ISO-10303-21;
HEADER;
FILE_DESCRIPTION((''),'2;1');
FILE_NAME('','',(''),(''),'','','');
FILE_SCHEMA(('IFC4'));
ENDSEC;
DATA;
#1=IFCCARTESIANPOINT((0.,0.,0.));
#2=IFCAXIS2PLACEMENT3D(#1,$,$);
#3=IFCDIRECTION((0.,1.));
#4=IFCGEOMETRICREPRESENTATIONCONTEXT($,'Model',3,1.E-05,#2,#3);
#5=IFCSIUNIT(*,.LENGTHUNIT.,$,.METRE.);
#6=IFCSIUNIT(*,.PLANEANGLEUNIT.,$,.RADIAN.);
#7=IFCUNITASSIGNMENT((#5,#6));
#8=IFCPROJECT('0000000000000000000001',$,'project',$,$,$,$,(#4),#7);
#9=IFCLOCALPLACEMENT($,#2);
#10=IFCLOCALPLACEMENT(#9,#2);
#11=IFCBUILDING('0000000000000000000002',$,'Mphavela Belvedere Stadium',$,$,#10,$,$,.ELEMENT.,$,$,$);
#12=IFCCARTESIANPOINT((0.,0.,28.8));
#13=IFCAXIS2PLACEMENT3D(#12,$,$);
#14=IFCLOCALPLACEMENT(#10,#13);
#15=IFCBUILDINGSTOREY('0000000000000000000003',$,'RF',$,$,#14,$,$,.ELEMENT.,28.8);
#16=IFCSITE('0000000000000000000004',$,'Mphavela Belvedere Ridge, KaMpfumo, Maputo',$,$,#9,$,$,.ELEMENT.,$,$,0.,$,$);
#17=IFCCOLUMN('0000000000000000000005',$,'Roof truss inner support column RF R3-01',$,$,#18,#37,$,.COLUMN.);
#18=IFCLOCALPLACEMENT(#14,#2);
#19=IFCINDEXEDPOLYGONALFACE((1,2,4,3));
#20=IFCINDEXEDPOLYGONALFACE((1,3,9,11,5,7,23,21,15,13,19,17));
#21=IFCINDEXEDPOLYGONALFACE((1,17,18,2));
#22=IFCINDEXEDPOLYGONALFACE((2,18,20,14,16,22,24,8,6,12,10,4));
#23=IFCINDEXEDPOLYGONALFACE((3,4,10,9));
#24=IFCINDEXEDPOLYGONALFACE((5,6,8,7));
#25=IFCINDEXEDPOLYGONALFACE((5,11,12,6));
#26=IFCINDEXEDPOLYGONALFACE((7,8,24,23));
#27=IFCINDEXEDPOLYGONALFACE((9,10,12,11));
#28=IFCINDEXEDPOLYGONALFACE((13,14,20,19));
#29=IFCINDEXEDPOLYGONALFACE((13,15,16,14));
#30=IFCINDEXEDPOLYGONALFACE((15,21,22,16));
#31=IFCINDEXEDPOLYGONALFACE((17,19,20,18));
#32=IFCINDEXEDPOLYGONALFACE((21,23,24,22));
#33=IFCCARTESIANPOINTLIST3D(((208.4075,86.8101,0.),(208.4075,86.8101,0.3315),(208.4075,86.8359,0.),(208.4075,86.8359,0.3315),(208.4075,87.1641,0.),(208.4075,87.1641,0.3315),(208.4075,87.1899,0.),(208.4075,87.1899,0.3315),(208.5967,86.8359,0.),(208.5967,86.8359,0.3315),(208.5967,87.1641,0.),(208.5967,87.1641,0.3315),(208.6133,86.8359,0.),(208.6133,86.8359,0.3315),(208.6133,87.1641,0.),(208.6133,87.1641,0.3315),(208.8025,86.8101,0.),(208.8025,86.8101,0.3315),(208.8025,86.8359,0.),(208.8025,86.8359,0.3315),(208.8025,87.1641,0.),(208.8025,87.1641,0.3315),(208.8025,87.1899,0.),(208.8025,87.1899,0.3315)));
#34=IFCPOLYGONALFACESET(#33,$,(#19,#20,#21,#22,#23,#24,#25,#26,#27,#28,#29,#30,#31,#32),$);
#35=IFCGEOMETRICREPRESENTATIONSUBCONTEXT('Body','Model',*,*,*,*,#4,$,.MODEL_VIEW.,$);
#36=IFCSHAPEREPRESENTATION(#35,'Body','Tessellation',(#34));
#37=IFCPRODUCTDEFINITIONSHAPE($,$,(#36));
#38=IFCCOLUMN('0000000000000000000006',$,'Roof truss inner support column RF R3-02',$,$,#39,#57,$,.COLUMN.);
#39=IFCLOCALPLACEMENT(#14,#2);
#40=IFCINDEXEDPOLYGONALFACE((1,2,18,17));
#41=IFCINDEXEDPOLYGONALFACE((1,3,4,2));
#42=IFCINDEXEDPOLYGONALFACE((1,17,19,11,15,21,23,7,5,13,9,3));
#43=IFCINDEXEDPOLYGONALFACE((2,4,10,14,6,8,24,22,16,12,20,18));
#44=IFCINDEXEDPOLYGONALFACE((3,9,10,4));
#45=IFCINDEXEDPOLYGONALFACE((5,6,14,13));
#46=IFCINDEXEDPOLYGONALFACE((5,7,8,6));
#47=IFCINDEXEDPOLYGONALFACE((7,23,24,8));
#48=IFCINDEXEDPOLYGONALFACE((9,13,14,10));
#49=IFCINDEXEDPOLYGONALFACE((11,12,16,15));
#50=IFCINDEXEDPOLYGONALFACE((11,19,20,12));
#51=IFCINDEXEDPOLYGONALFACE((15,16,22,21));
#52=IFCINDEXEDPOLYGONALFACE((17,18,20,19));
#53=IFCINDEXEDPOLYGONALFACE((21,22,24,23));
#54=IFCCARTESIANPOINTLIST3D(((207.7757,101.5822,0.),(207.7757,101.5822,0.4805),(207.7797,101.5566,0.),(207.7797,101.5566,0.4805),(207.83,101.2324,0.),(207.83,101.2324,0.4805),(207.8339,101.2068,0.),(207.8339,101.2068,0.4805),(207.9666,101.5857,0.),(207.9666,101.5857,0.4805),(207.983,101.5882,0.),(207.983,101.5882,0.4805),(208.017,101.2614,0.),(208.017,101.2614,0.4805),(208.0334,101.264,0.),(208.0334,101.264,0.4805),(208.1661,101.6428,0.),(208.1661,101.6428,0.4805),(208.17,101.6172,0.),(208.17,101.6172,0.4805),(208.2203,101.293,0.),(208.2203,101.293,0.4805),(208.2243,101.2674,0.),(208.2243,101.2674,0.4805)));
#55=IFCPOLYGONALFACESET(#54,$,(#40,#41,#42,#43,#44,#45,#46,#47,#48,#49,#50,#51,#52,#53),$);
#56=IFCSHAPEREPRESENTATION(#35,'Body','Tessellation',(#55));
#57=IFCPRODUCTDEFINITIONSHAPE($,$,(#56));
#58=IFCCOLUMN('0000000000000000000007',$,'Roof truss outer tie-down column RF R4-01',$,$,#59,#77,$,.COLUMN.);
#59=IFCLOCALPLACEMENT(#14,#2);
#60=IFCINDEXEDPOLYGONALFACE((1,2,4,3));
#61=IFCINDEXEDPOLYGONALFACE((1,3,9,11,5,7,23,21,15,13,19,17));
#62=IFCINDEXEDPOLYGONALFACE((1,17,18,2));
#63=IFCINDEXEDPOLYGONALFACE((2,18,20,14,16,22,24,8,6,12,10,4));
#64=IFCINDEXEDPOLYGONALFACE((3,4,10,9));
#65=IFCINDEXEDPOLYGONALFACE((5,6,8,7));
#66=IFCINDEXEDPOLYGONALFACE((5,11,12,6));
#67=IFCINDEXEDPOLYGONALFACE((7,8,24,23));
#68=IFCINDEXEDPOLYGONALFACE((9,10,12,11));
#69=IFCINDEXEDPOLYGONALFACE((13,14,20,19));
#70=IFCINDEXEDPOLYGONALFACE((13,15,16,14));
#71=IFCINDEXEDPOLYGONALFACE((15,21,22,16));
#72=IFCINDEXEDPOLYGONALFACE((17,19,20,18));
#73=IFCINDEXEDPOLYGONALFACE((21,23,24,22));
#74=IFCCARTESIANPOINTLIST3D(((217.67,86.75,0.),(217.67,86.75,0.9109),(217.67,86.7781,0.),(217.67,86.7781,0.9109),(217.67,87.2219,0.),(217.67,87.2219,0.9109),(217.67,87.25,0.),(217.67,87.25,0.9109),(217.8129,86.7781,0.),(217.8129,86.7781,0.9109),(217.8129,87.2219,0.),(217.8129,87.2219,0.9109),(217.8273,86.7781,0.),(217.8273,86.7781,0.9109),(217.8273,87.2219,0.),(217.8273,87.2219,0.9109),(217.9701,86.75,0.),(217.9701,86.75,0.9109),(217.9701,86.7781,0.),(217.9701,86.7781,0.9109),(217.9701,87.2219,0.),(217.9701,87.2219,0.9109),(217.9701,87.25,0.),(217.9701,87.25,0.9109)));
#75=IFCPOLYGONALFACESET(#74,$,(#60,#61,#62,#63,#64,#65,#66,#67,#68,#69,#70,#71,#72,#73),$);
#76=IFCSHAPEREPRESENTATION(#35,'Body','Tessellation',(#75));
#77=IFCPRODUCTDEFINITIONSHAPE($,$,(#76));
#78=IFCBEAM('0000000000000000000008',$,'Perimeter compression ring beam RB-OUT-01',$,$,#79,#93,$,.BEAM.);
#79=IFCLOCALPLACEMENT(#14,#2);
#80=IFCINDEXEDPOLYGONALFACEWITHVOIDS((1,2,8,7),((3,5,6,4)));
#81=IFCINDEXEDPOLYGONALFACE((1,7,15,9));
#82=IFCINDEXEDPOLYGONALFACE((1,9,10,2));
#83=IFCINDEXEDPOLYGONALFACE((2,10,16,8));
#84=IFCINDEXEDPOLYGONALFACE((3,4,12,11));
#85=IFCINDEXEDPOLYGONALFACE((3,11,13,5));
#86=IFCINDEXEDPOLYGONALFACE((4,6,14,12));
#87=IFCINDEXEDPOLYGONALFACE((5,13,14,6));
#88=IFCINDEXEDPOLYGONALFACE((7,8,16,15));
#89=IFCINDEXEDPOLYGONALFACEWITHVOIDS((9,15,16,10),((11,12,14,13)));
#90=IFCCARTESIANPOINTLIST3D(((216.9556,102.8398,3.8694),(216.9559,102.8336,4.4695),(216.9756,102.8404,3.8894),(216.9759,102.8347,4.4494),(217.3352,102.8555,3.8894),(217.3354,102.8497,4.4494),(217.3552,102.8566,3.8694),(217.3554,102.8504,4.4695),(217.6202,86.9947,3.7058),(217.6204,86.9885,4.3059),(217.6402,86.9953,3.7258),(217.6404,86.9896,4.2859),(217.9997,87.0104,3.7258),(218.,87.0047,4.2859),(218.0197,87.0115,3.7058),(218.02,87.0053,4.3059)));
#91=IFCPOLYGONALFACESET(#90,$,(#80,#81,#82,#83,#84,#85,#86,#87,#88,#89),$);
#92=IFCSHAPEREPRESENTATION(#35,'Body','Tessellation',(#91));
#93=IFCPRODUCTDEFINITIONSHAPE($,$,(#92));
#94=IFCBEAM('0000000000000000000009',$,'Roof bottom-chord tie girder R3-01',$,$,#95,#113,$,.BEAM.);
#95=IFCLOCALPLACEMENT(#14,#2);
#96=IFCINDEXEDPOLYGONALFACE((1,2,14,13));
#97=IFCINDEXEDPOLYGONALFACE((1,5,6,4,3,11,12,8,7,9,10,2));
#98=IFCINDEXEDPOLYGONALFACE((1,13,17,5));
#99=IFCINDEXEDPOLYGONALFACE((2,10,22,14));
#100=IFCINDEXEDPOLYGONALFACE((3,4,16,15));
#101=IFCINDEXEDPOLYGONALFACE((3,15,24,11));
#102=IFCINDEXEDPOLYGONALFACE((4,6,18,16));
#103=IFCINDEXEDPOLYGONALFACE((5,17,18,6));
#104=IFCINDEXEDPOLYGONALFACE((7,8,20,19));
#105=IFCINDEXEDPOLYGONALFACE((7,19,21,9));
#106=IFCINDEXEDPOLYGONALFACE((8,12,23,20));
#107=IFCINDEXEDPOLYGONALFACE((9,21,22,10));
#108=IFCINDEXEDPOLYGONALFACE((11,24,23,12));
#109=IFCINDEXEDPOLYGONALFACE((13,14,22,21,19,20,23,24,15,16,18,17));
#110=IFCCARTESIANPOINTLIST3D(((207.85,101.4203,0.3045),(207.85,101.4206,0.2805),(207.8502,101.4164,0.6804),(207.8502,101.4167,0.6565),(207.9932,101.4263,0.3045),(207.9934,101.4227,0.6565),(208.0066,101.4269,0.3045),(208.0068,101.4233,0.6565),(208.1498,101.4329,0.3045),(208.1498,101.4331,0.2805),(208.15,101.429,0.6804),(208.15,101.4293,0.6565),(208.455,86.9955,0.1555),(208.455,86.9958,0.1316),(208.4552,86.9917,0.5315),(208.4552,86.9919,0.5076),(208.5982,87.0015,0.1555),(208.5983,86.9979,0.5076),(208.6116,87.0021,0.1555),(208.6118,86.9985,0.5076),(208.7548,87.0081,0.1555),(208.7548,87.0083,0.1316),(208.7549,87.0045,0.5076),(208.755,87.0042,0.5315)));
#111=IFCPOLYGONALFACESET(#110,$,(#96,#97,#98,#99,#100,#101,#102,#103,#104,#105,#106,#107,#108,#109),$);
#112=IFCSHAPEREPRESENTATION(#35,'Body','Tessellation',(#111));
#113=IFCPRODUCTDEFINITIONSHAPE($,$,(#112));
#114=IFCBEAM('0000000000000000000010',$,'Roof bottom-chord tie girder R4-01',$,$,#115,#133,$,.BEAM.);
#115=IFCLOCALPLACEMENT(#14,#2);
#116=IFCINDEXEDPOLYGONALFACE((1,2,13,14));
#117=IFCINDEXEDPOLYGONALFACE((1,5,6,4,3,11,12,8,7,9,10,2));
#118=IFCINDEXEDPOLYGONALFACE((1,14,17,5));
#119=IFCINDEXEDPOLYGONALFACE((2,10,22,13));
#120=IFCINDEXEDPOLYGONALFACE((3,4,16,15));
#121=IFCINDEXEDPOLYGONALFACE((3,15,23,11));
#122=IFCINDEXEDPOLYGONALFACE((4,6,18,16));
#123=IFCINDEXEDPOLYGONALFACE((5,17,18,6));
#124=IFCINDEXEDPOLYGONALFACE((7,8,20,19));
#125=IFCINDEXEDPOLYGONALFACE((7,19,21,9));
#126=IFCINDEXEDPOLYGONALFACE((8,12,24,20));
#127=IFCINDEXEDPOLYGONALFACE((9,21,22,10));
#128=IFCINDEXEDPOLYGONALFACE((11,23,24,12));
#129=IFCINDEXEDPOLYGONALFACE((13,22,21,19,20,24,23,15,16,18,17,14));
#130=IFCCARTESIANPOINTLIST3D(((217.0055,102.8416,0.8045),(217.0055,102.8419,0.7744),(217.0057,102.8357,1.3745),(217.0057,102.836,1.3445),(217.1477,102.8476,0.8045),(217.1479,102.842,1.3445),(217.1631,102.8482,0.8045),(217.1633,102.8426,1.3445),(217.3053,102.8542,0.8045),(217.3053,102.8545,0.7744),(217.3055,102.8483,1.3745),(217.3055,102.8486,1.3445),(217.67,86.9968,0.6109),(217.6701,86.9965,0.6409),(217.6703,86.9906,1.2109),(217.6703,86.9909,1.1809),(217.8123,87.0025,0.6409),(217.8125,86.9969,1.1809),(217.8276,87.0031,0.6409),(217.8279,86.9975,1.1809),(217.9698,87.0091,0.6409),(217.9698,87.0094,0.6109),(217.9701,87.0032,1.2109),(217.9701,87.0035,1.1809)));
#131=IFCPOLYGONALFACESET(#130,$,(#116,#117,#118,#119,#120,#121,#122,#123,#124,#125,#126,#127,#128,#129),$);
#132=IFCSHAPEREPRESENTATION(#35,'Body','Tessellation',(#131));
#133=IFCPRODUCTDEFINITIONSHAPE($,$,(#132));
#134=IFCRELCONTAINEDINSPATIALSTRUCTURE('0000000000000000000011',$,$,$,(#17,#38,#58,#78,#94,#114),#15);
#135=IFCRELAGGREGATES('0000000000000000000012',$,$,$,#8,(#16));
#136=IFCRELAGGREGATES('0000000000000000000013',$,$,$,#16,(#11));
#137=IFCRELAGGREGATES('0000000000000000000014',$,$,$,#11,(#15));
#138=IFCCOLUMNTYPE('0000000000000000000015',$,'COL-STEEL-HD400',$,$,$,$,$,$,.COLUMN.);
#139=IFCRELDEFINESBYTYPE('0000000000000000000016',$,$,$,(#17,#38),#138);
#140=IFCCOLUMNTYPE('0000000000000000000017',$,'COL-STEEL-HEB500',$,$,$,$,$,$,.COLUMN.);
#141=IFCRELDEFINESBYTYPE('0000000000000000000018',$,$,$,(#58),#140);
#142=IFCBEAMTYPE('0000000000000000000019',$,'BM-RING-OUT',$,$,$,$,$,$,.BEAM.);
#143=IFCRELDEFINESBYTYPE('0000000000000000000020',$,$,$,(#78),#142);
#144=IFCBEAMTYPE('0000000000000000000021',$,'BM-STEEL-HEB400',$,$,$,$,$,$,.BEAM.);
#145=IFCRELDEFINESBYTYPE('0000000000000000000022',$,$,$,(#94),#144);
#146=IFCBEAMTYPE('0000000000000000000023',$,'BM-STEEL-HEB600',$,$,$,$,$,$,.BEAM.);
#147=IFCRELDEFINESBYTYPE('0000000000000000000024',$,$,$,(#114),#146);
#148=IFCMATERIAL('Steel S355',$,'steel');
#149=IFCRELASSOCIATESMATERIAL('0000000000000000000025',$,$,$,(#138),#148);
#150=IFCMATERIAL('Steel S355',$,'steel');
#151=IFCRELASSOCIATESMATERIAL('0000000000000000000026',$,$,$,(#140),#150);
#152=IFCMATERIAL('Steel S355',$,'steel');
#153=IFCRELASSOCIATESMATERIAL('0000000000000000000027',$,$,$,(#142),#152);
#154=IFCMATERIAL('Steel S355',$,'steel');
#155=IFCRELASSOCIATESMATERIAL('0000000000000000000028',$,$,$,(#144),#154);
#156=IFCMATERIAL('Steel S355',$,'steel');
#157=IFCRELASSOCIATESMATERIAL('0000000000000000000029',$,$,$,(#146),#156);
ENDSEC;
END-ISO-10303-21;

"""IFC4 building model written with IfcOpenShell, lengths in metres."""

from ifc_helpers import new_model, si_unit, direction, frame, origin, origin_2d, place, context, subcontext, project, spatial, hollow_rectangle, i_section, extrude, material, material_profile, profile_set, type_object, element, save


model = new_model("IFC4")

# Units and contexts
model_context = context("Model", 3, precision=1e-05, world=origin(), true_north=direction((0.0, 1.0)))
body_context = subcontext(model_context, "Body", "Model", "MODEL_VIEW")
ifc_project = project(units=[si_unit("LENGTHUNIT", "METRE"), si_unit("PLANEANGLEUNIT", "RADIAN")], contexts=[model_context])

# Site, building, storey
site_placement = place(None, origin())
site = spatial("IfcSite", under=ifc_project, at=site_placement, Name="Mphavela Belvedere Ridge, KaMpfumo, Maputo", CompositionType="ELEMENT", RefElevation=0.0)
building_placement = place(site_placement, origin())
building = spatial("IfcBuilding", under=site, at=building_placement, Name="Mphavela Belvedere Stadium", CompositionType="ELEMENT")
storey_placement = place(building_placement, frame((0.0, 0.0, 28.8)))
storey = spatial("IfcBuildingStorey", under=building, at=storey_placement, Name="RF", CompositionType="ELEMENT", Elevation=28.8)

# Columns
ifc_material_1 = material(Name="Steel S355", Category="steel")
ifc_material_profile_1 = material_profile(ifc_material_1, i_section(OverallWidth=0.395, OverallDepth=0.3799, WebThickness=0.0166, FlangeThickness=0.0259, at=origin_2d()), Name="HD 400x237")
ifc_profile_set_1 = profile_set([ifc_material_profile_1], Name="Steel S355")
column_type_1 = type_object("IfcColumnType", Name="COL-STEEL-HD400", PredefinedType="COLUMN", material=ifc_profile_set_1)
column_1_placement = place(storey_placement, frame((208.605, 87.0, 0.0), z_axis=(0.0, 0.0, 1.0), x_axis=(1.0, 0.0, 0.0)))
element("IfcColumn", 1, at=column_1_placement, inside=storey, type_object=column_type_1, Name="Roof truss inner support column RF R3-01", PredefinedType="COLUMN", context=body_context, shape_type="SweptSolid", body=[
    extrude(i_section(OverallWidth=0.395, OverallDepth=0.3799, WebThickness=0.0166, FlangeThickness=0.0259, at=origin_2d()), origin(), (0.0, 0.0, 1.0), 0.3315),
])
column_2_placement = place(storey_placement, frame((208.0, 101.4248, 0.0), z_axis=(0.0, 0.0, 1.0), x_axis=(0.988175, 0.153331, 0.0)))
element("IfcColumn", 2, at=column_2_placement, inside=storey, type_object=column_type_1, Name="Roof truss inner support column RF R3-02", PredefinedType="COLUMN", context=body_context, shape_type="SweptSolid", body=[
    extrude(i_section(OverallWidth=0.395, OverallDepth=0.3799, WebThickness=0.0166, FlangeThickness=0.0259, at=origin_2d()), origin(), (0.0, 0.0, 1.0), 0.4805),
])
ifc_material_2 = material(Name="Steel S355", Category="steel")
ifc_material_profile_2 = material_profile(ifc_material_2, i_section(OverallWidth=0.3, OverallDepth=0.5, WebThickness=0.0144, FlangeThickness=0.0281, at=origin_2d()), Name="HEB 500")
ifc_profile_set_2 = profile_set([ifc_material_profile_2], Name="Steel S355")
column_type_2 = type_object("IfcColumnType", Name="COL-STEEL-HEB500", PredefinedType="COLUMN", material=ifc_profile_set_2)
column_3_placement = place(storey_placement, frame((217.8201, 87.0, 0.0), z_axis=(0.0, 0.0, 1.0), x_axis=(1.0, 0.0, 0.0)))
element("IfcColumn", 3, at=column_3_placement, inside=storey, type_object=column_type_2, Name="Roof truss outer tie-down column RF R4-01", PredefinedType="COLUMN", context=body_context, shape_type="SweptSolid", body=[
    extrude(i_section(OverallWidth=0.3, OverallDepth=0.5, WebThickness=0.0144, FlangeThickness=0.0281, at=origin_2d()), origin(), (0.0, 0.0, 1.0), 0.9109),
])

# Beams
ifc_material_3 = material(Name="Steel S355", Category="steel")
ifc_material_profile_3 = material_profile(ifc_material_3, hollow_rectangle(XDim=0.3999, YDim=0.6001, WallThickness=0.02, at=origin_2d()), Name="RHS 600x400x20")
ifc_profile_set_3 = profile_set([ifc_material_profile_3], Name="Steel S355")
beam_type_1 = type_object("IfcBeamType", Name="BM-RING-OUT", PredefinedType="BEAM", material=ifc_profile_set_3)
beam_1_placement = place(storey_placement, frame((217.8201, 87.0, 4.0059), z_axis=(-0.041902, 0.999069, 0.010314), x_axis=(-0.999122, -0.041904, 0.0)))
element("IfcBeam", 4, at=beam_1_placement, inside=storey, type_object=beam_type_1, Name="Perimeter compression ring beam RB-OUT-01", PredefinedType="BEAM", context=body_context, shape_type="SweptSolid", body=[
    extrude(hollow_rectangle(XDim=0.3999, YDim=0.6001, WallThickness=0.02, at=origin_2d()), origin(), (0.0, 0.0, 1.0), 15.8599),
])
ifc_material_4 = material(Name="Steel S355", Category="steel")
ifc_material_profile_4 = material_profile(ifc_material_4, i_section(OverallWidth=0.3, OverallDepth=0.3999, WebThickness=0.0134, FlangeThickness=0.0239, at=origin_2d()), Name="HEB 400")
ifc_profile_set_4 = profile_set([ifc_material_profile_4], Name="Steel S355")
beam_type_2 = type_object("IfcBeamType", Name="BM-STEEL-HEB400", PredefinedType="BEAM", material=ifc_profile_set_4)
beam_2_placement = place(storey_placement, frame((208.605, 87.0, 0.3315), z_axis=(-0.041901, 0.999069, 0.010315), x_axis=(-0.999122, -0.041903, 0.0)))
element("IfcBeam", 5, at=beam_2_placement, inside=storey, type_object=beam_type_2, Name="Roof bottom-chord tie girder R3-01", PredefinedType="BEAM", context=body_context, shape_type="SweptSolid", body=[
    extrude(i_section(OverallWidth=0.3, OverallDepth=0.3999, WebThickness=0.0134, FlangeThickness=0.0239, at=origin_2d()), origin(), (0.0, 0.0, 1.0), 14.4382),
])
ifc_material_5 = material(Name="Steel S355", Category="steel")
ifc_material_profile_5 = material_profile(ifc_material_5, i_section(OverallWidth=0.3, OverallDepth=0.6001, WebThickness=0.0154, FlangeThickness=0.03, at=origin_2d()), Name="HEB 600")
ifc_profile_set_5 = profile_set([ifc_material_profile_5], Name="Steel S355")
beam_type_3 = type_object("IfcBeamType", Name="BM-STEEL-HEB600", PredefinedType="BEAM", material=ifc_profile_set_5)
beam_3_placement = place(storey_placement, frame((217.8201, 87.0, 0.9109), z_axis=(-0.041902, 0.999069, 0.010314), x_axis=(-0.999122, -0.041904, 0.0)))
element("IfcBeam", 6, at=beam_3_placement, inside=storey, type_object=beam_type_3, Name="Roof bottom-chord tie girder R4-01", PredefinedType="BEAM", context=body_context, shape_type="SweptSolid", body=[
    extrude(i_section(OverallWidth=0.3, OverallDepth=0.6001, WebThickness=0.0154, FlangeThickness=0.03, at=origin_2d()), origin(), (0.0, 0.0, 1.0), 15.8599),
])

save(model, "model.ifc")
